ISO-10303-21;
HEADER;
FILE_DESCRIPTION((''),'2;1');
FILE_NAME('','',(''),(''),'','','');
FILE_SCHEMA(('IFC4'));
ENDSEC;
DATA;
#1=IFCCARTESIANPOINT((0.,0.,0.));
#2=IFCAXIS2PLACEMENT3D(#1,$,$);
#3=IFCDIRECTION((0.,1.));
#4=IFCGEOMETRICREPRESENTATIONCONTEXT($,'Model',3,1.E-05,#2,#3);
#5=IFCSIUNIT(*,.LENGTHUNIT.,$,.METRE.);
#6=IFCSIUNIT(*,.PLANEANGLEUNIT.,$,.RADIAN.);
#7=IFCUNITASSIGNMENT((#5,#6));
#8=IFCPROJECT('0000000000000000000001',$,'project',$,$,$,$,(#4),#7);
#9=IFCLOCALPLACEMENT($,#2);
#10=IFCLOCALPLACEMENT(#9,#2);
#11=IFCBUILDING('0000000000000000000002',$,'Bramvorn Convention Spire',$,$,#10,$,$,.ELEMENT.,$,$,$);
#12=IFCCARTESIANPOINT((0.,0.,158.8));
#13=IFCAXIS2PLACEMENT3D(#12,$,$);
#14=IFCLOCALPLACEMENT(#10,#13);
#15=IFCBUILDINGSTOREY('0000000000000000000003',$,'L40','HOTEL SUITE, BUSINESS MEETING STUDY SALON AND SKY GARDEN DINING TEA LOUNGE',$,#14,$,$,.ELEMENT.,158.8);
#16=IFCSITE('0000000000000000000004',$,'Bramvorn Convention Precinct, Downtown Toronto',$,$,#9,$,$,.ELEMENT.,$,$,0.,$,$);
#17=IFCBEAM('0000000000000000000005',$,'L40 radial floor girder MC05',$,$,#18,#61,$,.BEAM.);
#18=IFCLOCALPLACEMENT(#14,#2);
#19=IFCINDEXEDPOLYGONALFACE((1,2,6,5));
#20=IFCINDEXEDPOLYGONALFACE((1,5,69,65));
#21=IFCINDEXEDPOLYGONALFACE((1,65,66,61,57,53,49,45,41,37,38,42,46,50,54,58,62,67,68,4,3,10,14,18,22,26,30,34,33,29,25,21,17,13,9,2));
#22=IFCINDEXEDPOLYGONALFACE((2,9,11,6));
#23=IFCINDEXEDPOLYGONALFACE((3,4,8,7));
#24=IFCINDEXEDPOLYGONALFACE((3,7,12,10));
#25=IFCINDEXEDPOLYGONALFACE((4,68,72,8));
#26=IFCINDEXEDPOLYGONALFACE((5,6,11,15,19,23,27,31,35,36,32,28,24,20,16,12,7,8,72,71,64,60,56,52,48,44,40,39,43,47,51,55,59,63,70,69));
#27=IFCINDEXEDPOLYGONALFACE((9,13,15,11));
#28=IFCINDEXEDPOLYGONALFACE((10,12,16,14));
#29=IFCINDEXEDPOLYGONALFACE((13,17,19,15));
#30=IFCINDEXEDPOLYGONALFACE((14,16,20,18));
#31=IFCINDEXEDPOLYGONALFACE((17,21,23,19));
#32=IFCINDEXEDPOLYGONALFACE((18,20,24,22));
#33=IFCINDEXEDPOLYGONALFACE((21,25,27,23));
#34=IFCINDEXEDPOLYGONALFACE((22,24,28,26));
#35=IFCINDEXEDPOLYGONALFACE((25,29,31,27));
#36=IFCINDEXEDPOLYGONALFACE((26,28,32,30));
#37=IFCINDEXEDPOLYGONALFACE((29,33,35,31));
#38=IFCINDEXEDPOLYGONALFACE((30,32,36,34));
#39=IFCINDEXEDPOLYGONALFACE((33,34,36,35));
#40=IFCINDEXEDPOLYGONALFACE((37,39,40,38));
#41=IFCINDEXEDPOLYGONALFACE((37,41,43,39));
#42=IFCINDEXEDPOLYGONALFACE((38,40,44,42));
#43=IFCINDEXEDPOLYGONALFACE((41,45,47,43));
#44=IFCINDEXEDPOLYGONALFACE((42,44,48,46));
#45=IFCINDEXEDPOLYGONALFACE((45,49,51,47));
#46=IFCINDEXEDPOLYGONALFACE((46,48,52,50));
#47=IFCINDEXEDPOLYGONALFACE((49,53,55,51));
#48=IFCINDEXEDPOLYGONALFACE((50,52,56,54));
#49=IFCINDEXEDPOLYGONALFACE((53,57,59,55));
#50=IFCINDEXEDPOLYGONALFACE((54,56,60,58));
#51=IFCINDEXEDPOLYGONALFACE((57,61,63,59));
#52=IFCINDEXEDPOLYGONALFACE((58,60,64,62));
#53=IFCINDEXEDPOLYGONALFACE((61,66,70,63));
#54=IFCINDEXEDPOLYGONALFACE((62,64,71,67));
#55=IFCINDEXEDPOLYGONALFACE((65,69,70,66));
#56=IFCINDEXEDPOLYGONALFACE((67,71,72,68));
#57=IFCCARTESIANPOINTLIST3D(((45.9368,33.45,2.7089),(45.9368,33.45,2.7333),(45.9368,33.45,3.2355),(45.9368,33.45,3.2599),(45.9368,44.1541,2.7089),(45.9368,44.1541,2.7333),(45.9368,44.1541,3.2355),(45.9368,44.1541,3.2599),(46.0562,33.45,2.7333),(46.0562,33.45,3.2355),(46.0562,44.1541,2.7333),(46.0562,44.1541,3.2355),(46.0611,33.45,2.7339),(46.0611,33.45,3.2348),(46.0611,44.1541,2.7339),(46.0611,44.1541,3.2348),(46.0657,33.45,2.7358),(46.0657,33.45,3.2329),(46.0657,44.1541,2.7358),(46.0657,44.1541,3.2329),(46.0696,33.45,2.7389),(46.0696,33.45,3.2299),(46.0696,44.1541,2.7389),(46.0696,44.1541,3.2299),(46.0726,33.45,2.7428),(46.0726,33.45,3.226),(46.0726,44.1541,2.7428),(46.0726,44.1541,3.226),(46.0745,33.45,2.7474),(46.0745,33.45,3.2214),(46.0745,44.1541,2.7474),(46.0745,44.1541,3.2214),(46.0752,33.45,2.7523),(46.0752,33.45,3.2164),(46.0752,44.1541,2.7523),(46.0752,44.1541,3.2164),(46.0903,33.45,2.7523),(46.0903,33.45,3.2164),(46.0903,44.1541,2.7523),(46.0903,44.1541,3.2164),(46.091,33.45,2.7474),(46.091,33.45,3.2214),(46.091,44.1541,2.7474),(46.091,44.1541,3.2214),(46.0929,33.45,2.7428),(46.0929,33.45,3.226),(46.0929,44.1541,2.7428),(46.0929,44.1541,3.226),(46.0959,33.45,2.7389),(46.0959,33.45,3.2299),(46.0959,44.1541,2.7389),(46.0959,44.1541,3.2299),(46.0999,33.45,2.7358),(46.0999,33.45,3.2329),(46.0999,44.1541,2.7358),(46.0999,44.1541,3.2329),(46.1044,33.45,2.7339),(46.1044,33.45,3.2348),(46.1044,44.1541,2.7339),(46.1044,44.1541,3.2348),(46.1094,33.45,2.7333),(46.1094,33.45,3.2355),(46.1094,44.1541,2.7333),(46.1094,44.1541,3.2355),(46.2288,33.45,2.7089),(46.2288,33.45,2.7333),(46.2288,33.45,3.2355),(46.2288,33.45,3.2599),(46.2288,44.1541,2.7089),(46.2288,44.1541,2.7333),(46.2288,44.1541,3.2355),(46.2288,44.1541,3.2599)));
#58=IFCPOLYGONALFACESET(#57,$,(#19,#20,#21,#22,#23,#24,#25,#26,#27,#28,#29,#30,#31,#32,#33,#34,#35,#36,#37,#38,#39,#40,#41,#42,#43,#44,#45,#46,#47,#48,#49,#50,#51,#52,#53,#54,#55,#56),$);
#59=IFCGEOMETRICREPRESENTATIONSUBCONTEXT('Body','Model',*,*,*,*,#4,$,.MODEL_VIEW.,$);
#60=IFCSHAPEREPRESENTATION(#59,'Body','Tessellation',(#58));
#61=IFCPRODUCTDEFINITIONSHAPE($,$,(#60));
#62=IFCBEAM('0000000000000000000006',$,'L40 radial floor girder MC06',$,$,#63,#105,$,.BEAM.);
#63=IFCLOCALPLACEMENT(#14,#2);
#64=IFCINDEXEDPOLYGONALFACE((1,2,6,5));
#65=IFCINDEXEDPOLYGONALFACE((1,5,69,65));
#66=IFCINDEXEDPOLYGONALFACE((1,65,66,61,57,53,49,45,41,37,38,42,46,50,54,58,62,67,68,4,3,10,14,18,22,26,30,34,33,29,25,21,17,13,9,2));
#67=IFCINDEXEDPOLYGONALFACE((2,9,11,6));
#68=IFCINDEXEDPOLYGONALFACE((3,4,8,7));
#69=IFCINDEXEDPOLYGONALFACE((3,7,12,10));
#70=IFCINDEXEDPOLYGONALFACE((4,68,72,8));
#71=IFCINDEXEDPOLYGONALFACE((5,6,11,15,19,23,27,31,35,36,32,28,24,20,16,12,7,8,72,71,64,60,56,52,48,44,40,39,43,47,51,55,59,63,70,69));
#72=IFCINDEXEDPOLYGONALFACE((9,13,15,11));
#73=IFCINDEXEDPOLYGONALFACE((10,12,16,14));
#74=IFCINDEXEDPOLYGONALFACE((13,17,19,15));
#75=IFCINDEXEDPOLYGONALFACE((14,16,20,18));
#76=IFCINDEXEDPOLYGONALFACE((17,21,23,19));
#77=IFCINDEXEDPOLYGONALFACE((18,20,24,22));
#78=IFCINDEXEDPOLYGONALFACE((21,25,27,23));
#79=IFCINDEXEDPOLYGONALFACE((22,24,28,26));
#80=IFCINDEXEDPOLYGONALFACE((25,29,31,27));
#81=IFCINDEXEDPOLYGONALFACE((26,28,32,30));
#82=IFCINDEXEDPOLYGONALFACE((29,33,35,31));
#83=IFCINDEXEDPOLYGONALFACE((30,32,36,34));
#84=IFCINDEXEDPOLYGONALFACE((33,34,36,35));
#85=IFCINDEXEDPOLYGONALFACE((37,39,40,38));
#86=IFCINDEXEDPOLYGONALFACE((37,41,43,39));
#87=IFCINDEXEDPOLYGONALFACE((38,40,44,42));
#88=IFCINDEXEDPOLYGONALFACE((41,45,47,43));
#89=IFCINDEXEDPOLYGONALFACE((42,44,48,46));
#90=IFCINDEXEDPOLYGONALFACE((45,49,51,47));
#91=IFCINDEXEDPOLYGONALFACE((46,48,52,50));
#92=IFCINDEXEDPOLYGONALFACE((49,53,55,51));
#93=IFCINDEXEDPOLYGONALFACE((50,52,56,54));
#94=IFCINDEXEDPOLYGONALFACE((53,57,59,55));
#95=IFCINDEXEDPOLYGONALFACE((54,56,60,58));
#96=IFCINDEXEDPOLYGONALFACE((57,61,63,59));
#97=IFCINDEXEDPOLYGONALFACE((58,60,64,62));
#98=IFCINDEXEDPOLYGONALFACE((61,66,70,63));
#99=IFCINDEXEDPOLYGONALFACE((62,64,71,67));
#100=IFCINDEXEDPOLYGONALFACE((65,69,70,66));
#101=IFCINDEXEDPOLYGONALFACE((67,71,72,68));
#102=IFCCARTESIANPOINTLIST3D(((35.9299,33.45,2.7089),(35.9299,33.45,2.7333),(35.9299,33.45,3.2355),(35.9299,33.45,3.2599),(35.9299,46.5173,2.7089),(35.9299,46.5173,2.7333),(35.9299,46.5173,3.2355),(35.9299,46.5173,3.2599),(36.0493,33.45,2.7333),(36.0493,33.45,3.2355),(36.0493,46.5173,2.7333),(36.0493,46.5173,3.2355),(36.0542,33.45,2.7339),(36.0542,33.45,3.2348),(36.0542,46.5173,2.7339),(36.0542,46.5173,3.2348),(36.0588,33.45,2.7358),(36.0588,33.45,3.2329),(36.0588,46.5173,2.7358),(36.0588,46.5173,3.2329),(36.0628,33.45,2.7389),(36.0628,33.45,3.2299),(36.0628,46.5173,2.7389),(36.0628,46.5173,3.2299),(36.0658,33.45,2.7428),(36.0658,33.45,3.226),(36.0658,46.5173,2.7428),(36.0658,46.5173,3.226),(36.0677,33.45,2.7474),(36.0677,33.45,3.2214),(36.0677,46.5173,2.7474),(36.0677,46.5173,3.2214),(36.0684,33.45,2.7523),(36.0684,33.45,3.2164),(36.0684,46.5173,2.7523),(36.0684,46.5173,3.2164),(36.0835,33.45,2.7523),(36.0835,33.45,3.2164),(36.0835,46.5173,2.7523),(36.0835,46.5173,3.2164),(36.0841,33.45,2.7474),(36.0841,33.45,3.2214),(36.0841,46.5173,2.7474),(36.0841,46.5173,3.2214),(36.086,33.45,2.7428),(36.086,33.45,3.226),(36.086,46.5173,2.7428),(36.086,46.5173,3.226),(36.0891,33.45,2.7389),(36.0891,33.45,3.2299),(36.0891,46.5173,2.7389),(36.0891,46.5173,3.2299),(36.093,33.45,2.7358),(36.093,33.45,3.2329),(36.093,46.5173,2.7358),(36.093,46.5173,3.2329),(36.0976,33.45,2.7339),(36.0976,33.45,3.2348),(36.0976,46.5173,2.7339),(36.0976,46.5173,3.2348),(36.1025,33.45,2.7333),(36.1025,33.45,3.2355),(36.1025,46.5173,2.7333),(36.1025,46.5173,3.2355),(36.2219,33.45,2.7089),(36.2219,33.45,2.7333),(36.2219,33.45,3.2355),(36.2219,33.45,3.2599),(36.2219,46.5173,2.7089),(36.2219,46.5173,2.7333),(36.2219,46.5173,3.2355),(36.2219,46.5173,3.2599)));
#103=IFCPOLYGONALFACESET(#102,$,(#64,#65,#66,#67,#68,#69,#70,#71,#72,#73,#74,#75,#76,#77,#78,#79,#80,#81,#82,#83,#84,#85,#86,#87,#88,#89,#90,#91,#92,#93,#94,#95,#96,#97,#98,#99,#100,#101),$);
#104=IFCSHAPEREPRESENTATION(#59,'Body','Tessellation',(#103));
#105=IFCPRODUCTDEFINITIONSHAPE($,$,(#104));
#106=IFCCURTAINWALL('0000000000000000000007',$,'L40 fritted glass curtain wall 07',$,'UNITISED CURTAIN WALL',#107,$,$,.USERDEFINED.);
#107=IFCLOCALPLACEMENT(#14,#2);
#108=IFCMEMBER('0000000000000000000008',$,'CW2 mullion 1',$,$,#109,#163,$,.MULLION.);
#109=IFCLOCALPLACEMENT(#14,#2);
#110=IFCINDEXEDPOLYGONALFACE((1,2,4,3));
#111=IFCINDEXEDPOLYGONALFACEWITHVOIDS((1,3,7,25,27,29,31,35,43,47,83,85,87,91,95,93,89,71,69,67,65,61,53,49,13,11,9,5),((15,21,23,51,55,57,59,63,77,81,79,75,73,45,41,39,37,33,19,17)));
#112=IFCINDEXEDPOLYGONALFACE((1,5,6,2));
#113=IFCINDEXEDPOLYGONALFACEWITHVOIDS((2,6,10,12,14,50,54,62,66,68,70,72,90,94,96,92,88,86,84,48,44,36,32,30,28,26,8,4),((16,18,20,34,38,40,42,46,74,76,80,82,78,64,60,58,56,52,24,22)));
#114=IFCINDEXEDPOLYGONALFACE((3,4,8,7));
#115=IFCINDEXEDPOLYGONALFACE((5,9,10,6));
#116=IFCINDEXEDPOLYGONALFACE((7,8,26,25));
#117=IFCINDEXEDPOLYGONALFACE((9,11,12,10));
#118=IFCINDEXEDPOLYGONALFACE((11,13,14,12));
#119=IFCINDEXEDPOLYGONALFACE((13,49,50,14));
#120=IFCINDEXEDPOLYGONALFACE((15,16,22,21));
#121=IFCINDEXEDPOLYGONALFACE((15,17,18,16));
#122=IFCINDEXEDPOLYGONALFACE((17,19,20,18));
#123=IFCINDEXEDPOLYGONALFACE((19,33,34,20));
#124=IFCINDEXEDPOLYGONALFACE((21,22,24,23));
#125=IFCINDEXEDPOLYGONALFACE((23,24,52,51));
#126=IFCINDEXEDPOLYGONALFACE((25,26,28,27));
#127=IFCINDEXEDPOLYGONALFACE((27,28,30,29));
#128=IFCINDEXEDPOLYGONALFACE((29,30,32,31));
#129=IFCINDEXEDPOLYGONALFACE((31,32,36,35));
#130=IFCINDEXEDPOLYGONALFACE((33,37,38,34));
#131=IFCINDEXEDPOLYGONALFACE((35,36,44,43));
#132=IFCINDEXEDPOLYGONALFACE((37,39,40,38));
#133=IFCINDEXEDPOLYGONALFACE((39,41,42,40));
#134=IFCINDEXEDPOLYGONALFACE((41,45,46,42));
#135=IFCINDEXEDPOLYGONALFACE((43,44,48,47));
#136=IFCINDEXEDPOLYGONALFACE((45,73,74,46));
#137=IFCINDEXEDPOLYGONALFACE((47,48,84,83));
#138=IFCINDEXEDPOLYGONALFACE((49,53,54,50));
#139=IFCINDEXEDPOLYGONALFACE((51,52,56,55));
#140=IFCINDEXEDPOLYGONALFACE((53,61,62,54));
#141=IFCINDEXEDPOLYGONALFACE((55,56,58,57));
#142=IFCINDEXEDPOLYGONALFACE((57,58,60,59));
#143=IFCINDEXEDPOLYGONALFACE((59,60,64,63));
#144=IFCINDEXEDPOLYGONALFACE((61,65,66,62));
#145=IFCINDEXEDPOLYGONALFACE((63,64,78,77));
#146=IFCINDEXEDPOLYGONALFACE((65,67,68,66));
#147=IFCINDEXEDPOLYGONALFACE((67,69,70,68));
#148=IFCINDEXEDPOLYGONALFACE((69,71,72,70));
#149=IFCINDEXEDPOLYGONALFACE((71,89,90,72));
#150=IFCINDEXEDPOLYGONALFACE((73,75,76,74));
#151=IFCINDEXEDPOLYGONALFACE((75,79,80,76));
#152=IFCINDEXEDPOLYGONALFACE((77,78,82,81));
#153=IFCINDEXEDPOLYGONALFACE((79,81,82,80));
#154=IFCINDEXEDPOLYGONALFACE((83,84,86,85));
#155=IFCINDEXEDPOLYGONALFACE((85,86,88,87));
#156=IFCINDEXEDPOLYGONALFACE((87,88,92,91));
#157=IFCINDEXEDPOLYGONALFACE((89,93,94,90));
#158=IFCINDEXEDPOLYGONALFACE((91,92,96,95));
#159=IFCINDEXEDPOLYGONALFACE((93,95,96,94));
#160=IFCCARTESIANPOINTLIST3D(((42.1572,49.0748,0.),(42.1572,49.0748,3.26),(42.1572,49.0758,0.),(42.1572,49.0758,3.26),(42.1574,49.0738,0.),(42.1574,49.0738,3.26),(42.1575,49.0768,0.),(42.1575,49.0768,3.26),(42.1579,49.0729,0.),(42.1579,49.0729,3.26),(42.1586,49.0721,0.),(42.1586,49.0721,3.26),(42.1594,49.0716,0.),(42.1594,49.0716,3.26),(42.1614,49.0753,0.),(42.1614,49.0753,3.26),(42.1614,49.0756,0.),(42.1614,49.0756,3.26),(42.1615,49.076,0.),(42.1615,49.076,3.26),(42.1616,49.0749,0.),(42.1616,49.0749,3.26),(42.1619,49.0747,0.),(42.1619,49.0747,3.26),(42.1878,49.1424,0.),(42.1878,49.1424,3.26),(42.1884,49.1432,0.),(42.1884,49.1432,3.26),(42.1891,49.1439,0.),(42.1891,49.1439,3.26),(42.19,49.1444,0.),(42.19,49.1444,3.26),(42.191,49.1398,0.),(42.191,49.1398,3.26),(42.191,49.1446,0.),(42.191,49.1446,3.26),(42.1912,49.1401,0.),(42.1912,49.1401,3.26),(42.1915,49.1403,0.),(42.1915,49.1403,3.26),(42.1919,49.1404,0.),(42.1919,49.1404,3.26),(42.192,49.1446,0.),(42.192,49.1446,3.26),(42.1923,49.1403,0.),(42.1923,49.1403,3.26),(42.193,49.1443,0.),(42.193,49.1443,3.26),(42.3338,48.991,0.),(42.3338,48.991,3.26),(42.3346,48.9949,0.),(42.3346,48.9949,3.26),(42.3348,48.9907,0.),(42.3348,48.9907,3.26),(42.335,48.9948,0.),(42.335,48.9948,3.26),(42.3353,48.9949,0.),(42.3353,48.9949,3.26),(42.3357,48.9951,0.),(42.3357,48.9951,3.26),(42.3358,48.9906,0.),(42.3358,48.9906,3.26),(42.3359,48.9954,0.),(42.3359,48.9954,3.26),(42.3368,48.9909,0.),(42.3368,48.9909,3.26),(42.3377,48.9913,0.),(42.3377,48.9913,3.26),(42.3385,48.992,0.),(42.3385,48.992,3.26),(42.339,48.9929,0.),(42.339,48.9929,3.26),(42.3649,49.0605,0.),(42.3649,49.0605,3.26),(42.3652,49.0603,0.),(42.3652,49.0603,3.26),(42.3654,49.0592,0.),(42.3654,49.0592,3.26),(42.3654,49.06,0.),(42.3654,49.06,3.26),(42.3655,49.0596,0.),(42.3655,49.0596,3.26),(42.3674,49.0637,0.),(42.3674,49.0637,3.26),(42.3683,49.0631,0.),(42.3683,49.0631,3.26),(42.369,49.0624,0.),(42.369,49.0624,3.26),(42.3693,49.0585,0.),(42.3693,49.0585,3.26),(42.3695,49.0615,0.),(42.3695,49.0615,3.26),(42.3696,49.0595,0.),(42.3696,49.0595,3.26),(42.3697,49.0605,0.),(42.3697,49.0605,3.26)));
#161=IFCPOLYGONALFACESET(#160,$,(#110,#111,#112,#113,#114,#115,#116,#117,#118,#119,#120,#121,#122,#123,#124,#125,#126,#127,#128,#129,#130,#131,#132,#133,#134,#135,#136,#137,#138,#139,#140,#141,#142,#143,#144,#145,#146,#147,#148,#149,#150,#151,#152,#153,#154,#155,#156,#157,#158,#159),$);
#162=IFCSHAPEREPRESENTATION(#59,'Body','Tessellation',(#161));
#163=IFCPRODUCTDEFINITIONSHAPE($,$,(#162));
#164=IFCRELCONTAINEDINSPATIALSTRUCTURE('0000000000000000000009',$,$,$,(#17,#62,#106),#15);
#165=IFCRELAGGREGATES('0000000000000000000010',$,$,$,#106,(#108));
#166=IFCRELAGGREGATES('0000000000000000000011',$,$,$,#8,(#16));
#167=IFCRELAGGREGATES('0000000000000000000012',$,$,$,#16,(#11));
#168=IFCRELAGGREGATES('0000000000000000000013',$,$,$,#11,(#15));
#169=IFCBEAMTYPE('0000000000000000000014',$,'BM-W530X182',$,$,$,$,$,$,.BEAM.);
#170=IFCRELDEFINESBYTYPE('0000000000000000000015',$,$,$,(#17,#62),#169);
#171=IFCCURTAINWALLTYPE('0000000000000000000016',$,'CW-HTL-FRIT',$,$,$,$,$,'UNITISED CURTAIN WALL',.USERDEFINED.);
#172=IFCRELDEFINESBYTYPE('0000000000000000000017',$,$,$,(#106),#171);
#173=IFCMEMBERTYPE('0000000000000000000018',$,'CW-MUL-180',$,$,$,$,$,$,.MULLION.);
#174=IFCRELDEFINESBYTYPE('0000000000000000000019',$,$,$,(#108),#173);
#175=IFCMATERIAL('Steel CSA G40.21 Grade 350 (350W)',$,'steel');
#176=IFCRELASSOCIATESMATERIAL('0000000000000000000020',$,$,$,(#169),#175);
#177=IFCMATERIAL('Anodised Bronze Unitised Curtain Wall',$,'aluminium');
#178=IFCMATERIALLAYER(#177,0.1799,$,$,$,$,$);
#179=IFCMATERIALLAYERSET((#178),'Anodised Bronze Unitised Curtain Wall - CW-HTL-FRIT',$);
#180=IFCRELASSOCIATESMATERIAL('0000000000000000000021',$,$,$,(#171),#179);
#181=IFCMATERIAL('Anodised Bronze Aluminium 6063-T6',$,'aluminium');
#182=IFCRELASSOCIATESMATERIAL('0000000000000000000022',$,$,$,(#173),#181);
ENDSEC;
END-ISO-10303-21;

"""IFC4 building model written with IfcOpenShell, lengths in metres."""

from ifc_helpers import new_model, si_unit, direction, frame, origin, origin_2d, place, context, subcontext, project, spatial, hollow_rectangle, i_section, extrude, material, layer, layer_set, material_profile, profile_set, type_object, element, aggregate, save


model = new_model("IFC4")

# Units and contexts
model_context = context("Model", 3, precision=1e-05, world=origin(), true_north=direction((0.0, 1.0)))
body_context = subcontext(model_context, "Body", "Model", "MODEL_VIEW")
ifc_project = project(units=[si_unit("LENGTHUNIT", "METRE"), si_unit("PLANEANGLEUNIT", "RADIAN")], contexts=[model_context])

# Site, building, storey
site_placement = place(None, origin())
site = spatial("IfcSite", under=ifc_project, at=site_placement, Name="Bramvorn Convention Precinct, Downtown Toronto", CompositionType="ELEMENT", RefElevation=0.0)
building_placement = place(site_placement, origin())
building = spatial("IfcBuilding", under=site, at=building_placement, Name="Bramvorn Convention Spire", CompositionType="ELEMENT")
storey_placement = place(building_placement, frame((0.0, 0.0, 158.8)))
storey = spatial("IfcBuildingStorey", under=building, at=storey_placement, Name="L40", Description="HOTEL SUITE, BUSINESS MEETING STUDY SALON AND SKY GARDEN DINING TEA LOUNGE", CompositionType="ELEMENT", Elevation=158.8)

# Shared definitions
ifc_material_1 = material(Name="Steel CSA G40.21 Grade 350 (350W)", Category="steel")

# Beams
ifc_material_profile_1 = material_profile(ifc_material_1, i_section(OverallWidth=0.292, OverallDepth=0.551, WebThickness=0.0151, FlangeThickness=0.0244, FilletRadius=0.019, at=origin_2d()))
ifc_profile_set_1 = profile_set([ifc_material_profile_1], Name="Steel CSA G40.21 Grade 350 (350W) - W530X182")
beam_type_1 = type_object("IfcBeamType", Name="BM-W530X182", PredefinedType="BEAM", material=ifc_profile_set_1)
beam_1_placement = place(storey_placement, frame((46.0828, 33.45, 2.9844), z_axis=(0.0, 1.0, 0.0), x_axis=(-1.0, 0.0, 0.0)))
element("IfcBeam", 1, at=beam_1_placement, inside=storey, type_object=beam_type_1, Name="L40 radial floor girder MC05", PredefinedType="BEAM", context=body_context, shape_type="SweptSolid", body=[
    extrude(i_section(OverallWidth=0.292, OverallDepth=0.551, WebThickness=0.0151, FlangeThickness=0.0244, FilletRadius=0.019, at=origin_2d()), origin(), (0.0, 0.0, 1.0), 10.7041),
])
beam_2_placement = place(storey_placement, frame((36.0759, 33.45, 2.9844), z_axis=(0.0, 1.0, 0.0), x_axis=(-1.0, 0.0, 0.0)))
element("IfcBeam", 2, at=beam_2_placement, inside=storey, type_object=beam_type_1, Name="L40 radial floor girder MC06", PredefinedType="BEAM", context=body_context, shape_type="SweptSolid", body=[
    extrude(i_section(OverallWidth=0.292, OverallDepth=0.551, WebThickness=0.0151, FlangeThickness=0.0244, FilletRadius=0.019, at=origin_2d()), origin(), (0.0, 0.0, 1.0), 13.0674),
])

# Curtain wall, member
ifc_material_2 = material(Name="Anodised Bronze Unitised Curtain Wall", Category="aluminium")
ifc_layer_1 = layer(ifc_material_2, 0.1799)
ifc_layer_set_1 = layer_set([ifc_layer_1], Name="Anodised Bronze Unitised Curtain Wall - CW-HTL-FRIT")
curtain_wall_type = type_object("IfcCurtainWallType", Name="CW-HTL-FRIT", ElementType="UNITISED CURTAIN WALL", PredefinedType="USERDEFINED", material=ifc_layer_set_1)
curtain_wall_placement = place(storey_placement, origin())
curtain_wall = element("IfcCurtainWall", 3, at=curtain_wall_placement, inside=storey, type_object=curtain_wall_type, Name="L40 fritted glass curtain wall 07", ObjectType="UNITISED CURTAIN WALL", PredefinedType="USERDEFINED")
ifc_material_3 = material(Name="Anodised Bronze Aluminium 6063-T6", Category="aluminium")
ifc_material_profile_2 = material_profile(ifc_material_3, hollow_rectangle(XDim=0.0801, YDim=0.2, WallThickness=0.0039, InnerFilletRadius=0.001, OuterFilletRadius=0.0039, at=origin_2d()))
ifc_profile_set_2 = profile_set([ifc_material_profile_2], Name="Anodised Bronze Aluminium 6063-T6 - CWM80X200")
member_type_1 = type_object("IfcMemberType", Name="CW-MUL-180", PredefinedType="MULLION", material=ifc_profile_set_2)
member_1_placement = place(storey_placement, frame((42.2634, 49.0676, 0.0), z_axis=(0.0, 0.0, 1.0), x_axis=(0.419481, 0.907764, 0.0)))
member_1 = element("IfcMember", 4, at=member_1_placement, type_object=member_type_1, Name="CW2 mullion 1", PredefinedType="MULLION", context=body_context, shape_type="SweptSolid", body=[
    extrude(hollow_rectangle(XDim=0.0801, YDim=0.2, WallThickness=0.0039, InnerFilletRadius=0.001, OuterFilletRadius=0.0039, at=origin_2d()), origin(), (0.0, 0.0, 1.0), 3.26),
])

aggregate(curtain_wall, [member_1])

save(model, "model.ifc")
